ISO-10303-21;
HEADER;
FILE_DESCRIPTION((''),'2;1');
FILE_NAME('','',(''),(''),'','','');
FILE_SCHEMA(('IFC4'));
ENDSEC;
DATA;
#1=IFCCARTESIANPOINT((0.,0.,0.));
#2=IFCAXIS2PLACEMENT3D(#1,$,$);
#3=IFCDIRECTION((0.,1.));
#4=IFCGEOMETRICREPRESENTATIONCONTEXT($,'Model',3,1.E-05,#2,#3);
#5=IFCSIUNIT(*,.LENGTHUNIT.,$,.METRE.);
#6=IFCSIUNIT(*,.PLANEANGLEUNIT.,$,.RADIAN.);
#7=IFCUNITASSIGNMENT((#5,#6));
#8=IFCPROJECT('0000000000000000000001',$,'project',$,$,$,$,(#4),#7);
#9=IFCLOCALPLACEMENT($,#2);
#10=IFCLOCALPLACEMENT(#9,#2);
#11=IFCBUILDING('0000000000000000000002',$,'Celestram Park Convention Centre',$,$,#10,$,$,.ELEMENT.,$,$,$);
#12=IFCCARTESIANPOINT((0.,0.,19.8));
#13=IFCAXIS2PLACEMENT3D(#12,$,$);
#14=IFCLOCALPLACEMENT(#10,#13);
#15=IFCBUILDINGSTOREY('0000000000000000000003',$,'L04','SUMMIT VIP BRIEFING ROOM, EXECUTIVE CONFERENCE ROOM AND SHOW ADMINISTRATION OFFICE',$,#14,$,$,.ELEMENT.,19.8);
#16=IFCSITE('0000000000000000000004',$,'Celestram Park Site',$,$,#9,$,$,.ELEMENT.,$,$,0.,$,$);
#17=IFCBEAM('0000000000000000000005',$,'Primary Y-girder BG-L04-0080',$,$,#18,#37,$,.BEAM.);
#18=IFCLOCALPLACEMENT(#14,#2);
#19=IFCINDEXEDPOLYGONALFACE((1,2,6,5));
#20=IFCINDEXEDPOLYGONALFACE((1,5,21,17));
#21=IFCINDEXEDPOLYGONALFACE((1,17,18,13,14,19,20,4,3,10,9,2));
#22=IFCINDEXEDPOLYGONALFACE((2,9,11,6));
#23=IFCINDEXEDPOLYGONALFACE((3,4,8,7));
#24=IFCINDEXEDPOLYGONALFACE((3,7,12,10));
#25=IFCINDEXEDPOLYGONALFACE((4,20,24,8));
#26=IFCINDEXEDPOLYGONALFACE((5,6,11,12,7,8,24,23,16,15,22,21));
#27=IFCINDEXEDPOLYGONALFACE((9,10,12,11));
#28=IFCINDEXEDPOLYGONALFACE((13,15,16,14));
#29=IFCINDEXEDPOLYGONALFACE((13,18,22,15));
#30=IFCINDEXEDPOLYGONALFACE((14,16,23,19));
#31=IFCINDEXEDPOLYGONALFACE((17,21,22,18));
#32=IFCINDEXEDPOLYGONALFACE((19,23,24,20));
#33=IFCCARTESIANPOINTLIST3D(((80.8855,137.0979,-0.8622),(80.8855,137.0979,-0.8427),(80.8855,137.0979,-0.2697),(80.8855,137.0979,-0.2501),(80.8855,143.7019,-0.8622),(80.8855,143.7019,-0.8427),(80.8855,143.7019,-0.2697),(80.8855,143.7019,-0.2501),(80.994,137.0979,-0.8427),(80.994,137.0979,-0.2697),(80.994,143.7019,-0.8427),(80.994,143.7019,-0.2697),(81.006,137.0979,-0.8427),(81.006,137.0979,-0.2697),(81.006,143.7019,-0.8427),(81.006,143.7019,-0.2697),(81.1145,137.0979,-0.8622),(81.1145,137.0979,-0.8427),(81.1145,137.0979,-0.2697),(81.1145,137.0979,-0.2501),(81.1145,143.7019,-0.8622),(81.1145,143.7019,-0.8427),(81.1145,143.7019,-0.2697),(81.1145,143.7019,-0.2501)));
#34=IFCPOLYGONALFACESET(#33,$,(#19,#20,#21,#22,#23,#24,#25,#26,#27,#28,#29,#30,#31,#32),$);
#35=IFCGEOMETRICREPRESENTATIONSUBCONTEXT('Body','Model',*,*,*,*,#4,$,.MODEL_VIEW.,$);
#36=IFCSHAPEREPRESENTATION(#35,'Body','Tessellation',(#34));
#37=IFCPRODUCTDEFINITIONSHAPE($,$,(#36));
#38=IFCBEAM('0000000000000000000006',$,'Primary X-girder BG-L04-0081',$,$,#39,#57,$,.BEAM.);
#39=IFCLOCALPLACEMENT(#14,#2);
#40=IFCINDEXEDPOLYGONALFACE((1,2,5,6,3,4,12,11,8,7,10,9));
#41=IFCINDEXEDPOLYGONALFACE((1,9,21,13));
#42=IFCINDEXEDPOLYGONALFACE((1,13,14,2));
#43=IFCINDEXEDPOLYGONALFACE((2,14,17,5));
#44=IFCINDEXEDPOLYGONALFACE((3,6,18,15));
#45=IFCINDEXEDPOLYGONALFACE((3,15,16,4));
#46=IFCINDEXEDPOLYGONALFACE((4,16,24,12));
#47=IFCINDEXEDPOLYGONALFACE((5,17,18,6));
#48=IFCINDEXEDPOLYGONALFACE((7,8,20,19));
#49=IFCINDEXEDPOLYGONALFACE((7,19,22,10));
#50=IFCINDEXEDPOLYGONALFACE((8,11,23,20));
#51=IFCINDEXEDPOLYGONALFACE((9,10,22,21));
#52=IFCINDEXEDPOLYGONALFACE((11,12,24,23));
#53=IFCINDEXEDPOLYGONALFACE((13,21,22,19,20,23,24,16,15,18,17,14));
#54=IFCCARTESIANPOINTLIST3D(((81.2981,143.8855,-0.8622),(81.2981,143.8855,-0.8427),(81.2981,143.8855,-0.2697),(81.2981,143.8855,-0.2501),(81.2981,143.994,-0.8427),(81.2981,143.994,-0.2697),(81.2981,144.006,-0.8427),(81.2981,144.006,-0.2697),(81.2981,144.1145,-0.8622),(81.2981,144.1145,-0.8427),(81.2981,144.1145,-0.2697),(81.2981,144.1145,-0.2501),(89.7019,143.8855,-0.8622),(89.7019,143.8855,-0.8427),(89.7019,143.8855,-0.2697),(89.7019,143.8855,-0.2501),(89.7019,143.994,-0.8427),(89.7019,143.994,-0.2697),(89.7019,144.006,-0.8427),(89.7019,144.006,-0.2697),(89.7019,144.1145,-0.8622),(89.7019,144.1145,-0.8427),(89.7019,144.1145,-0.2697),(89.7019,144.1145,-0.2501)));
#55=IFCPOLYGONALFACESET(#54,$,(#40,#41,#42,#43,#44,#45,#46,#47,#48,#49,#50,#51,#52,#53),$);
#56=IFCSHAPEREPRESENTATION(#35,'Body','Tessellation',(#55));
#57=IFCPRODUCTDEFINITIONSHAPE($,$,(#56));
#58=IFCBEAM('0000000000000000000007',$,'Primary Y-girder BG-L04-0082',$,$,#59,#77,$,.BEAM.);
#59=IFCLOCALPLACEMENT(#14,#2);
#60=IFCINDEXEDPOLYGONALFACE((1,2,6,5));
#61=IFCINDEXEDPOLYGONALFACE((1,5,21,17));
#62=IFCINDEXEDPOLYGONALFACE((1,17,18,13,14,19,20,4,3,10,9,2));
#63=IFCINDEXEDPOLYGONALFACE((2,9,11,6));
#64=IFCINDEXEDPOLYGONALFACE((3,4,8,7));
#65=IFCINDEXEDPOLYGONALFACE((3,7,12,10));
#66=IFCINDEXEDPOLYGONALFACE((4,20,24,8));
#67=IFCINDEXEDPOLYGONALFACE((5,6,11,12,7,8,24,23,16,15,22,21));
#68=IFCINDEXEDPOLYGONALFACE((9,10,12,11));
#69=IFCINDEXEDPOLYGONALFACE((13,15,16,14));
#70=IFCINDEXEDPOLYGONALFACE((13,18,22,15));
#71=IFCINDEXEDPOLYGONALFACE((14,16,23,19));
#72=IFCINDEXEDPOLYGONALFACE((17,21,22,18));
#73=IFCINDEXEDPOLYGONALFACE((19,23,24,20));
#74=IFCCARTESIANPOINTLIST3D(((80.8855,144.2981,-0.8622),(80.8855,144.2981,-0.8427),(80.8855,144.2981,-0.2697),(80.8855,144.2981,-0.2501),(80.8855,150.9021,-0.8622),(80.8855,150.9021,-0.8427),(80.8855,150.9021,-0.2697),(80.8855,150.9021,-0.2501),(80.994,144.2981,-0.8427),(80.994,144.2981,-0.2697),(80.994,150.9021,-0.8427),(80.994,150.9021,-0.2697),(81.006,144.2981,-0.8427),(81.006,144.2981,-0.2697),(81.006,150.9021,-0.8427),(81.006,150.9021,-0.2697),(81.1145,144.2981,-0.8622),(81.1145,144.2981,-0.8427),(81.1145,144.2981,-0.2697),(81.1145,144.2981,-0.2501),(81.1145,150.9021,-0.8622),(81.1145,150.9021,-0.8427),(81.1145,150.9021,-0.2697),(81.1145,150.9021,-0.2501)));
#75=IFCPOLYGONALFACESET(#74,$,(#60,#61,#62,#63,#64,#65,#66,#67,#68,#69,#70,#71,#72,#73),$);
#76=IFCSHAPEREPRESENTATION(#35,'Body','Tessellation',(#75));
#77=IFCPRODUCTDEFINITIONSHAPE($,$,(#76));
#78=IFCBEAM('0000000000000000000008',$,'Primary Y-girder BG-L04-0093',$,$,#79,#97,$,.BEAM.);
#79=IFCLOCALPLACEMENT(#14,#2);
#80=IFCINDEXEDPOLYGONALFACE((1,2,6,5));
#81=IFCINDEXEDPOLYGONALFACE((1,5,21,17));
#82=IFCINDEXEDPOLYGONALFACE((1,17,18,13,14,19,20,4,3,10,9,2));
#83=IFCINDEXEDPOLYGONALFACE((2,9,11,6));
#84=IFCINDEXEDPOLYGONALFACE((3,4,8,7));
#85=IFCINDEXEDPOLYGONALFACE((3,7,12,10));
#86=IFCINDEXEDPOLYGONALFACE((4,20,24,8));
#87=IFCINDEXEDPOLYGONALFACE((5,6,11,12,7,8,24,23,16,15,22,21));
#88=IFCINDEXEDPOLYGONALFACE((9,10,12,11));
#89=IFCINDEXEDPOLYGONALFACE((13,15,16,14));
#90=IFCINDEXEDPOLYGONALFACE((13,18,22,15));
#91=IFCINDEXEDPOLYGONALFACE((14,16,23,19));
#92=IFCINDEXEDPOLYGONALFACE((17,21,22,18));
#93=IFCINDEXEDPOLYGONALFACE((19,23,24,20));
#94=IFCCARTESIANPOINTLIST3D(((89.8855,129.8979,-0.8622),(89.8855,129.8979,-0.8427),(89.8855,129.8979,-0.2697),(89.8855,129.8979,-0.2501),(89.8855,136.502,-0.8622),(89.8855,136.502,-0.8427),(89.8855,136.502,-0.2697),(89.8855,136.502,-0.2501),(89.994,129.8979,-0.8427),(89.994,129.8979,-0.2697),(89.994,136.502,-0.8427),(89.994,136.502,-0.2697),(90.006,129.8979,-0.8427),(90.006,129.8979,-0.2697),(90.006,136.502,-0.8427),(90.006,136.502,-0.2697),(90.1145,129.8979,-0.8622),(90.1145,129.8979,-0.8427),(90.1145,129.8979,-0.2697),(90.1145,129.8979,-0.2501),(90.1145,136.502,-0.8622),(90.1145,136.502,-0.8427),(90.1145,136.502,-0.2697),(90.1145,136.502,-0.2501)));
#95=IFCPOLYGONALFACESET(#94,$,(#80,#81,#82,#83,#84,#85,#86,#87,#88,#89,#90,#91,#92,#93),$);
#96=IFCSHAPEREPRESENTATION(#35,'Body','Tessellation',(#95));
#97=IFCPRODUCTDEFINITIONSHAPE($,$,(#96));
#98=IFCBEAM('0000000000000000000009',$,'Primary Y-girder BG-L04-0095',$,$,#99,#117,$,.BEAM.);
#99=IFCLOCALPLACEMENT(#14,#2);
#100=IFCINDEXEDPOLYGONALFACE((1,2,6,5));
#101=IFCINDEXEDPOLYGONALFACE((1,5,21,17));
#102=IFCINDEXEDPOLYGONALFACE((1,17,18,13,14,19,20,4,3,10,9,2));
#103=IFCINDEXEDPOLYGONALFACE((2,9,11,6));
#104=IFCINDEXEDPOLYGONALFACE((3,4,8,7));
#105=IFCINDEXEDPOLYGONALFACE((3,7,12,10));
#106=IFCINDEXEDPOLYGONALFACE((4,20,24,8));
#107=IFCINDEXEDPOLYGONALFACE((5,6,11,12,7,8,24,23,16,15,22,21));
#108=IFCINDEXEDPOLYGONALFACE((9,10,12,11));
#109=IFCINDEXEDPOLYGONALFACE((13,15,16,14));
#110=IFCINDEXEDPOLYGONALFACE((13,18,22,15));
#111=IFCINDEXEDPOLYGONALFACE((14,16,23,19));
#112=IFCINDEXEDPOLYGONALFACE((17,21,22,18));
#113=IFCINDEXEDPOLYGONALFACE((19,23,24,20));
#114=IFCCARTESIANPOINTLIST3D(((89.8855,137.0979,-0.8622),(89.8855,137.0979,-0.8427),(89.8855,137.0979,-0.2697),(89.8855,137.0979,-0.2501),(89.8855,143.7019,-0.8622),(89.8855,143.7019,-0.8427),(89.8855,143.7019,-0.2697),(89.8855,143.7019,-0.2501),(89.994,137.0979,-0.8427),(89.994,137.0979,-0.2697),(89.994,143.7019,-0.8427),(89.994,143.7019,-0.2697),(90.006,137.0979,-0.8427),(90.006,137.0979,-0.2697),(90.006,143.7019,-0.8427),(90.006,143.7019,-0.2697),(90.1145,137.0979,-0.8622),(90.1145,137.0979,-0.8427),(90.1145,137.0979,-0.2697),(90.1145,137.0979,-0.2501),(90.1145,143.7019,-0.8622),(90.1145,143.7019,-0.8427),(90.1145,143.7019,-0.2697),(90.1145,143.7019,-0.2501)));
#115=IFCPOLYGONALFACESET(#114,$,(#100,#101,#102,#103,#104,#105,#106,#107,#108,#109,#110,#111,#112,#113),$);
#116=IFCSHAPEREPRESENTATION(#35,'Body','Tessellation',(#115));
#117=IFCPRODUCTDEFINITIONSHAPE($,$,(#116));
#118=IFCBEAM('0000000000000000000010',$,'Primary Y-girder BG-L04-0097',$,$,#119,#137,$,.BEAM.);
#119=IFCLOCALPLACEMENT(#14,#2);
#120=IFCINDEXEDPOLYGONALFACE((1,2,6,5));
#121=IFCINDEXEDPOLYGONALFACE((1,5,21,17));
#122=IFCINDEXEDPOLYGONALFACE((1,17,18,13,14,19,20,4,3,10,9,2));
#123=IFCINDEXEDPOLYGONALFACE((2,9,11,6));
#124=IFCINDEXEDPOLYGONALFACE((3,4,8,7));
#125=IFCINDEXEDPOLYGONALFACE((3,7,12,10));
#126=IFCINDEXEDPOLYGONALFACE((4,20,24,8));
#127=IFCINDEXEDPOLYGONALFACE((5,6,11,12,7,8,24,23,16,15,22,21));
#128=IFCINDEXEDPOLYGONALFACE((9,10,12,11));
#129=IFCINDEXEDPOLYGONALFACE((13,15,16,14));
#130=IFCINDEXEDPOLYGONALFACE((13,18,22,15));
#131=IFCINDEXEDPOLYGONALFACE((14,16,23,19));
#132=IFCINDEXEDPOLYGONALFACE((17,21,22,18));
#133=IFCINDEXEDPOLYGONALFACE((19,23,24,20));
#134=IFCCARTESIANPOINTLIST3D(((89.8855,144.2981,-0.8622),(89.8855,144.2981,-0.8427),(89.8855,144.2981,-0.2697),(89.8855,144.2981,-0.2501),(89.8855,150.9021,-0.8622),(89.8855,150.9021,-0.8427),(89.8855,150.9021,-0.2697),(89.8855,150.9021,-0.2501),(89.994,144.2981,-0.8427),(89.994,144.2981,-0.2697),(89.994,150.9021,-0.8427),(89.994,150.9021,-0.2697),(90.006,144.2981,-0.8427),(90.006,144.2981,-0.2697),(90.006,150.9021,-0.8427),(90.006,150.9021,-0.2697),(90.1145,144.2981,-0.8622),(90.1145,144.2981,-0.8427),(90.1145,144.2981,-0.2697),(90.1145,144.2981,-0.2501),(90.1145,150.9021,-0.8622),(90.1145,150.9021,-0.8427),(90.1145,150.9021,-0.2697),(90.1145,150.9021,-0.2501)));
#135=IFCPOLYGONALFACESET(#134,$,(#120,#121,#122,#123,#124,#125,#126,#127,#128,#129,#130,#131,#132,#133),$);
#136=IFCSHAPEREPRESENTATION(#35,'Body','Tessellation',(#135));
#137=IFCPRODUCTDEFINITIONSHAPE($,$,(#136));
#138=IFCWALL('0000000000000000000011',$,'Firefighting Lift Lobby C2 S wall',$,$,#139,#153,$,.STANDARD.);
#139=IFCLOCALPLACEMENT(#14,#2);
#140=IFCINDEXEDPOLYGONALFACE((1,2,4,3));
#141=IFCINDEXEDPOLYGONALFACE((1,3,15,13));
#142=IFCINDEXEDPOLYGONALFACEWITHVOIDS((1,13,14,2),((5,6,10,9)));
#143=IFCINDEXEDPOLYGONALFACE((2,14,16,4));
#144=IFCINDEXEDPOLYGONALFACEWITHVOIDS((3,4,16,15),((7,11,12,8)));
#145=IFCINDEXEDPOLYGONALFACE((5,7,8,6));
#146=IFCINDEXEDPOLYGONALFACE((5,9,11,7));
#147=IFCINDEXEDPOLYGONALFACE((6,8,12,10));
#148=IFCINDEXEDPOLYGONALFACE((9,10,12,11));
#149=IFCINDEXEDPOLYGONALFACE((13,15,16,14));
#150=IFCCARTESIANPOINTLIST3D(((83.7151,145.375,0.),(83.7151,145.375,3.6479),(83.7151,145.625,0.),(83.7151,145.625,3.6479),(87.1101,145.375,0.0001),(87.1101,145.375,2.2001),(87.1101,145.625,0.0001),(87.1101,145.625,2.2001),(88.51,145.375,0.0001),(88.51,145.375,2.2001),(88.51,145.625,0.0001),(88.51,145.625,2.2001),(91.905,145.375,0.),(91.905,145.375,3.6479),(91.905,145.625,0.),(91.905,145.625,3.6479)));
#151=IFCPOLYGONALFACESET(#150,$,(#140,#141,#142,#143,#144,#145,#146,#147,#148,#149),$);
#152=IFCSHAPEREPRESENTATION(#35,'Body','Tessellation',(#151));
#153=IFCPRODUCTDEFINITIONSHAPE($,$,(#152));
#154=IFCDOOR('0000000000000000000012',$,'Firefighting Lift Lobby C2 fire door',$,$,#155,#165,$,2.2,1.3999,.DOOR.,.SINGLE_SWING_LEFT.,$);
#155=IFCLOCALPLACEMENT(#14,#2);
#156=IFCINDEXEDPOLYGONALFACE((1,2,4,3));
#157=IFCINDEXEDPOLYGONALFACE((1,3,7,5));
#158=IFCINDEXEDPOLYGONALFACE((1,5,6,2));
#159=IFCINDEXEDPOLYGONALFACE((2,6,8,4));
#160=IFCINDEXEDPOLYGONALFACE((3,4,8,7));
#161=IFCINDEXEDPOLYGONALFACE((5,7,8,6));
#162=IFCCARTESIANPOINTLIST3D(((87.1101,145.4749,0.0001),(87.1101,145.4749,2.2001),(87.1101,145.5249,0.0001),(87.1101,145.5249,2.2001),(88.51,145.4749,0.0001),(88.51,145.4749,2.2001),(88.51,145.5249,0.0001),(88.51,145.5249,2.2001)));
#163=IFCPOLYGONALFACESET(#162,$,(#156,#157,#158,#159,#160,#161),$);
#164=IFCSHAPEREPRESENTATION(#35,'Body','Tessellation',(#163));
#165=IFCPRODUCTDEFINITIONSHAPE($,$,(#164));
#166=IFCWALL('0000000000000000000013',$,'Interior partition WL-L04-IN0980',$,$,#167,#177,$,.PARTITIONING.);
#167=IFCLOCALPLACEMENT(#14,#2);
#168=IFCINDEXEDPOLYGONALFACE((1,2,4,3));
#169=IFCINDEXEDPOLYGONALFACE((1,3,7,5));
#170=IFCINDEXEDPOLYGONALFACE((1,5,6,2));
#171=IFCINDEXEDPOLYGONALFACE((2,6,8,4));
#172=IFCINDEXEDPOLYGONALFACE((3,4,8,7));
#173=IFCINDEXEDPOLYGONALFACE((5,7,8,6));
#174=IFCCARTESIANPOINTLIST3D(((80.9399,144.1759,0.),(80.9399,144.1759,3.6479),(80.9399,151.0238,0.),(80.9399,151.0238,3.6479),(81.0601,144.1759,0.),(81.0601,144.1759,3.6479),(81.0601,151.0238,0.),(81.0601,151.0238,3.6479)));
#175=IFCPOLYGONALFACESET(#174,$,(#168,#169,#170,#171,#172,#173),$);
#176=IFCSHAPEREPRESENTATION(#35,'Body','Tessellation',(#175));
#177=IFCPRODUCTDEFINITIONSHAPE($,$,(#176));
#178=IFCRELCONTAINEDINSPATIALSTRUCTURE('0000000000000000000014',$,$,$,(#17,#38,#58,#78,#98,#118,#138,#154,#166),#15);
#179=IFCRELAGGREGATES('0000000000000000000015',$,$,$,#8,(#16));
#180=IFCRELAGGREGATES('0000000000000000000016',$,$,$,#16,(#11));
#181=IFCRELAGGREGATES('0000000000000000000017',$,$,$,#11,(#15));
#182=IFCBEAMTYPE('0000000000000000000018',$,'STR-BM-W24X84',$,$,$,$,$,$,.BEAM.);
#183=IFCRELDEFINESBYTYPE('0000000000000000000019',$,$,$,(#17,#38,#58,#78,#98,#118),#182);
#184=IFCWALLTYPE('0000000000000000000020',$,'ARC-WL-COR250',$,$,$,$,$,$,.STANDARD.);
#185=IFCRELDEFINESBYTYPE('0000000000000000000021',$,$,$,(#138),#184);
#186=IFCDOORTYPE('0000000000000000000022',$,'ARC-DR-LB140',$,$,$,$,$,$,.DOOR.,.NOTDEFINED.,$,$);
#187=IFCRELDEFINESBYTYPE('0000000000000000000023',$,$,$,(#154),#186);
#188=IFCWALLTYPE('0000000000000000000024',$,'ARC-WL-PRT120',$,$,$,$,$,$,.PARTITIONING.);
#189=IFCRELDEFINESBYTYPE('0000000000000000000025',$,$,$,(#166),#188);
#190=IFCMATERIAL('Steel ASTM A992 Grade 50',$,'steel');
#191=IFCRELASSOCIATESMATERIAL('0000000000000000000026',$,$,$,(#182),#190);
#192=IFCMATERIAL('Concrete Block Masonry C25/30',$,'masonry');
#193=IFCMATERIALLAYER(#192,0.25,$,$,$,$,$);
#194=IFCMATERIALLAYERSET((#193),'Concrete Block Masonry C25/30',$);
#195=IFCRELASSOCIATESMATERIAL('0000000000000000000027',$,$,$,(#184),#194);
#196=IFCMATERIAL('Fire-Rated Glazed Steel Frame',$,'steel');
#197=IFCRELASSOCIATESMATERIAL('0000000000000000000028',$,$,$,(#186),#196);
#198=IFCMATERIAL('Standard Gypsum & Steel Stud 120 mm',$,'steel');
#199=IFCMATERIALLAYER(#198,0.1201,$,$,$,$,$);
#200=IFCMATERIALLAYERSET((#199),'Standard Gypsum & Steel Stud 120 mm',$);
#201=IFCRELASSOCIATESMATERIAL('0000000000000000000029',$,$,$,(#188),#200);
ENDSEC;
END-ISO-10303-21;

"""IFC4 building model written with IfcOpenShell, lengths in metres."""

from ifc_helpers import new_model, si_unit, direction, frame, frame_2d, origin, origin_2d, place, context, subcontext, project, spatial, rectangle, i_section, extrude, material, layer, layer_set, material_profile, profile_set, type_object, element, fill, save


model = new_model("IFC4")

# Units and contexts
model_context = context("Model", 3, precision=1e-05, world=origin(), true_north=direction((0.0, 1.0)))
body_context = subcontext(model_context, "Body", "Model", "MODEL_VIEW")
ifc_project = project(units=[si_unit("LENGTHUNIT", "METRE"), si_unit("PLANEANGLEUNIT", "RADIAN")], contexts=[model_context])

# Site, building, storey
site_placement = place(None, origin())
site = spatial("IfcSite", under=ifc_project, at=site_placement, Name="Celestram Park Site", CompositionType="ELEMENT", RefElevation=0.0)
building_placement = place(site_placement, origin())
building = spatial("IfcBuilding", under=site, at=building_placement, Name="Celestram Park Convention Centre", CompositionType="ELEMENT")
storey_placement = place(building_placement, frame((0.0, 0.0, 19.8)))
storey = spatial("IfcBuildingStorey", under=building, at=storey_placement, Name="L04", Description="SUMMIT VIP BRIEFING ROOM, EXECUTIVE CONFERENCE ROOM AND SHOW ADMINISTRATION OFFICE", CompositionType="ELEMENT", Elevation=19.8)

# Shared definitions
ifc_material_1 = material(Name="Steel ASTM A992 Grade 50", Category="steel")

# Beams
ifc_material_profile_1 = material_profile(ifc_material_1, i_section(OverallWidth=0.229, OverallDepth=0.6121, WebThickness=0.012, FlangeThickness=0.0195, at=origin_2d()), Name="W24X84")
ifc_profile_set_1 = profile_set([ifc_material_profile_1], Name="Steel ASTM A992 Grade 50")
beam_type = type_object("IfcBeamType", Name="STR-BM-W24X84", PredefinedType="BEAM", material=ifc_profile_set_1)
beam_1_placement = place(storey_placement, frame((81.0, 137.0979, -0.5562), z_axis=(0.0, 1.0, 0.0), x_axis=(-1.0, 0.0, 0.0)))
element("IfcBeam", 1, at=beam_1_placement, inside=storey, type_object=beam_type, Name="Primary Y-girder BG-L04-0080", PredefinedType="BEAM", context=body_context, shape_type="SweptSolid", body=[
    extrude(i_section(OverallWidth=0.229, OverallDepth=0.6121, WebThickness=0.012, FlangeThickness=0.0195, at=origin_2d()), origin(), (0.0, 0.0, 1.0), 6.604),
])
beam_2_placement = place(storey_placement, frame((81.2981, 144.0, -0.5562), z_axis=(1.0, 0.0, 0.0), x_axis=(0.0, 1.0, 0.0)))
element("IfcBeam", 2, at=beam_2_placement, inside=storey, type_object=beam_type, Name="Primary X-girder BG-L04-0081", PredefinedType="BEAM", context=body_context, shape_type="SweptSolid", body=[
    extrude(i_section(OverallWidth=0.229, OverallDepth=0.6121, WebThickness=0.012, FlangeThickness=0.0195, at=origin_2d()), origin(), (0.0, 0.0, 1.0), 8.4038),
])
for number, where, z_axis, x_axis, name in (
    (3, (81.0, 144.2981, -0.5562), (0.0, 1.0, 0.0), (-1.0, 0.0, 0.0), "Primary Y-girder BG-L04-0082"),
    (4, (90.0, 129.8979, -0.5562), (0.0, 1.0, 0.0), (-1.0, 0.0, 0.0), "Primary Y-girder BG-L04-0093"),
    (5, (90.0, 137.0979, -0.5562), (0.0, 1.0, 0.0), (-1.0, 0.0, 0.0), "Primary Y-girder BG-L04-0095"),
    (6, (90.0, 144.2981, -0.5562), (0.0, 1.0, 0.0), (-1.0, 0.0, 0.0), "Primary Y-girder BG-L04-0097"),
):
    element("IfcBeam", number, at=place(storey_placement, frame(where, z_axis=z_axis, x_axis=x_axis)), inside=storey, type_object=beam_type, Name=name, PredefinedType="BEAM", context=body_context, shape_type="SweptSolid", body=[
        extrude(i_section(OverallWidth=0.229, OverallDepth=0.6121, WebThickness=0.012, FlangeThickness=0.0195, at=origin_2d()), origin(), (0.0, 0.0, 1.0), 6.604),
    ])

# Wall, opening, door
ifc_material_2 = material(Name="Concrete Block Masonry C25/30", Category="masonry")
ifc_layer_1 = layer(ifc_material_2, 0.25)
ifc_layer_set_1 = layer_set([ifc_layer_1], Name="Concrete Block Masonry C25/30")
wall_type_1 = type_object("IfcWallType", Name="ARC-WL-COR250", PredefinedType="STANDARD", material=ifc_layer_set_1)
wall_1_placement = place(storey_placement, frame((83.7151, 145.5, 0.0), z_axis=(0.0, 0.0, 1.0), x_axis=(1.0, 0.0, 0.0)))
wall_1 = element("IfcWall", 7, at=wall_1_placement, inside=storey, type_object=wall_type_1, Name="Firefighting Lift Lobby C2 S wall", PredefinedType="STANDARD", context=body_context, shape_type="SweptSolid", body=[
    extrude(rectangle(XDim=8.1899, YDim=0.25, at=frame_2d((4.095, 0.0))), origin(), (0.0, 0.0, 1.0), 3.6479),
])
opening_1_placement = place(wall_1_placement, frame((3.395, 0.0, 0.0)))
opening_1 = element("IfcOpeningElement", 8, at=opening_1_placement, cuts=wall_1, PredefinedType="OPENING", context=body_context, shape_type="SweptSolid", body=[
    extrude(rectangle(XDim=1.3999, YDim=2.2, at=frame_2d((0.7, 1.1001))), frame((0.0, 0.135, 0.0), z_axis=(0.0, -1.0, 0.0), x_axis=(1.0, 0.0, 0.0)), (0.0, 0.0, 1.0), 0.27),
])
ifc_material_3 = material(Name="Fire-Rated Glazed Steel Frame", Category="steel")
door_type_1 = type_object("IfcDoorType", Name="ARC-DR-LB140", OperationType="NOTDEFINED", PredefinedType="DOOR", material=ifc_material_3)
door_1_placement = place(opening_1_placement, origin())
door_1 = element("IfcDoor", 9, at=door_1_placement, inside=storey, type_object=door_type_1, Name="Firefighting Lift Lobby C2 fire door", OperationType="SINGLE_SWING_LEFT", OverallHeight=2.2, OverallWidth=1.3999, PredefinedType="DOOR", context=body_context, shape_type="SweptSolid", body=[
    extrude(rectangle(XDim=1.3999, YDim=2.2, at=frame_2d((0.7, 1.1001))), frame((0.0, 0.0249, 0.0), z_axis=(0.0, -1.0, 0.0), x_axis=(1.0, 0.0, 0.0)), (0.0, 0.0, 1.0), 0.05),
])
fill(opening_1, door_1)

# Wall
ifc_material_4 = material(Name="Standard Gypsum & Steel Stud 120 mm", Category="steel")
ifc_layer_2 = layer(ifc_material_4, 0.1201)
ifc_layer_set_2 = layer_set([ifc_layer_2], Name="Standard Gypsum & Steel Stud 120 mm")
wall_type_2 = type_object("IfcWallType", Name="ARC-WL-PRT120", PredefinedType="PARTITIONING", material=ifc_layer_set_2)
wall_2_placement = place(storey_placement, frame((81.0, 144.176, 0.0), z_axis=(0.0, 0.0, 1.0), x_axis=(0.0, 1.0, 0.0)))
element("IfcWall", 10, at=wall_2_placement, inside=storey, type_object=wall_type_2, Name="Interior partition WL-L04-IN0980", PredefinedType="PARTITIONING", context=body_context, shape_type="SweptSolid", body=[
    extrude(rectangle(XDim=6.8479, YDim=0.1201, at=frame_2d((3.4238, 0.0))), origin(), (0.0, 0.0, 1.0), 3.6479),
])

save(model, "model.ifc")
